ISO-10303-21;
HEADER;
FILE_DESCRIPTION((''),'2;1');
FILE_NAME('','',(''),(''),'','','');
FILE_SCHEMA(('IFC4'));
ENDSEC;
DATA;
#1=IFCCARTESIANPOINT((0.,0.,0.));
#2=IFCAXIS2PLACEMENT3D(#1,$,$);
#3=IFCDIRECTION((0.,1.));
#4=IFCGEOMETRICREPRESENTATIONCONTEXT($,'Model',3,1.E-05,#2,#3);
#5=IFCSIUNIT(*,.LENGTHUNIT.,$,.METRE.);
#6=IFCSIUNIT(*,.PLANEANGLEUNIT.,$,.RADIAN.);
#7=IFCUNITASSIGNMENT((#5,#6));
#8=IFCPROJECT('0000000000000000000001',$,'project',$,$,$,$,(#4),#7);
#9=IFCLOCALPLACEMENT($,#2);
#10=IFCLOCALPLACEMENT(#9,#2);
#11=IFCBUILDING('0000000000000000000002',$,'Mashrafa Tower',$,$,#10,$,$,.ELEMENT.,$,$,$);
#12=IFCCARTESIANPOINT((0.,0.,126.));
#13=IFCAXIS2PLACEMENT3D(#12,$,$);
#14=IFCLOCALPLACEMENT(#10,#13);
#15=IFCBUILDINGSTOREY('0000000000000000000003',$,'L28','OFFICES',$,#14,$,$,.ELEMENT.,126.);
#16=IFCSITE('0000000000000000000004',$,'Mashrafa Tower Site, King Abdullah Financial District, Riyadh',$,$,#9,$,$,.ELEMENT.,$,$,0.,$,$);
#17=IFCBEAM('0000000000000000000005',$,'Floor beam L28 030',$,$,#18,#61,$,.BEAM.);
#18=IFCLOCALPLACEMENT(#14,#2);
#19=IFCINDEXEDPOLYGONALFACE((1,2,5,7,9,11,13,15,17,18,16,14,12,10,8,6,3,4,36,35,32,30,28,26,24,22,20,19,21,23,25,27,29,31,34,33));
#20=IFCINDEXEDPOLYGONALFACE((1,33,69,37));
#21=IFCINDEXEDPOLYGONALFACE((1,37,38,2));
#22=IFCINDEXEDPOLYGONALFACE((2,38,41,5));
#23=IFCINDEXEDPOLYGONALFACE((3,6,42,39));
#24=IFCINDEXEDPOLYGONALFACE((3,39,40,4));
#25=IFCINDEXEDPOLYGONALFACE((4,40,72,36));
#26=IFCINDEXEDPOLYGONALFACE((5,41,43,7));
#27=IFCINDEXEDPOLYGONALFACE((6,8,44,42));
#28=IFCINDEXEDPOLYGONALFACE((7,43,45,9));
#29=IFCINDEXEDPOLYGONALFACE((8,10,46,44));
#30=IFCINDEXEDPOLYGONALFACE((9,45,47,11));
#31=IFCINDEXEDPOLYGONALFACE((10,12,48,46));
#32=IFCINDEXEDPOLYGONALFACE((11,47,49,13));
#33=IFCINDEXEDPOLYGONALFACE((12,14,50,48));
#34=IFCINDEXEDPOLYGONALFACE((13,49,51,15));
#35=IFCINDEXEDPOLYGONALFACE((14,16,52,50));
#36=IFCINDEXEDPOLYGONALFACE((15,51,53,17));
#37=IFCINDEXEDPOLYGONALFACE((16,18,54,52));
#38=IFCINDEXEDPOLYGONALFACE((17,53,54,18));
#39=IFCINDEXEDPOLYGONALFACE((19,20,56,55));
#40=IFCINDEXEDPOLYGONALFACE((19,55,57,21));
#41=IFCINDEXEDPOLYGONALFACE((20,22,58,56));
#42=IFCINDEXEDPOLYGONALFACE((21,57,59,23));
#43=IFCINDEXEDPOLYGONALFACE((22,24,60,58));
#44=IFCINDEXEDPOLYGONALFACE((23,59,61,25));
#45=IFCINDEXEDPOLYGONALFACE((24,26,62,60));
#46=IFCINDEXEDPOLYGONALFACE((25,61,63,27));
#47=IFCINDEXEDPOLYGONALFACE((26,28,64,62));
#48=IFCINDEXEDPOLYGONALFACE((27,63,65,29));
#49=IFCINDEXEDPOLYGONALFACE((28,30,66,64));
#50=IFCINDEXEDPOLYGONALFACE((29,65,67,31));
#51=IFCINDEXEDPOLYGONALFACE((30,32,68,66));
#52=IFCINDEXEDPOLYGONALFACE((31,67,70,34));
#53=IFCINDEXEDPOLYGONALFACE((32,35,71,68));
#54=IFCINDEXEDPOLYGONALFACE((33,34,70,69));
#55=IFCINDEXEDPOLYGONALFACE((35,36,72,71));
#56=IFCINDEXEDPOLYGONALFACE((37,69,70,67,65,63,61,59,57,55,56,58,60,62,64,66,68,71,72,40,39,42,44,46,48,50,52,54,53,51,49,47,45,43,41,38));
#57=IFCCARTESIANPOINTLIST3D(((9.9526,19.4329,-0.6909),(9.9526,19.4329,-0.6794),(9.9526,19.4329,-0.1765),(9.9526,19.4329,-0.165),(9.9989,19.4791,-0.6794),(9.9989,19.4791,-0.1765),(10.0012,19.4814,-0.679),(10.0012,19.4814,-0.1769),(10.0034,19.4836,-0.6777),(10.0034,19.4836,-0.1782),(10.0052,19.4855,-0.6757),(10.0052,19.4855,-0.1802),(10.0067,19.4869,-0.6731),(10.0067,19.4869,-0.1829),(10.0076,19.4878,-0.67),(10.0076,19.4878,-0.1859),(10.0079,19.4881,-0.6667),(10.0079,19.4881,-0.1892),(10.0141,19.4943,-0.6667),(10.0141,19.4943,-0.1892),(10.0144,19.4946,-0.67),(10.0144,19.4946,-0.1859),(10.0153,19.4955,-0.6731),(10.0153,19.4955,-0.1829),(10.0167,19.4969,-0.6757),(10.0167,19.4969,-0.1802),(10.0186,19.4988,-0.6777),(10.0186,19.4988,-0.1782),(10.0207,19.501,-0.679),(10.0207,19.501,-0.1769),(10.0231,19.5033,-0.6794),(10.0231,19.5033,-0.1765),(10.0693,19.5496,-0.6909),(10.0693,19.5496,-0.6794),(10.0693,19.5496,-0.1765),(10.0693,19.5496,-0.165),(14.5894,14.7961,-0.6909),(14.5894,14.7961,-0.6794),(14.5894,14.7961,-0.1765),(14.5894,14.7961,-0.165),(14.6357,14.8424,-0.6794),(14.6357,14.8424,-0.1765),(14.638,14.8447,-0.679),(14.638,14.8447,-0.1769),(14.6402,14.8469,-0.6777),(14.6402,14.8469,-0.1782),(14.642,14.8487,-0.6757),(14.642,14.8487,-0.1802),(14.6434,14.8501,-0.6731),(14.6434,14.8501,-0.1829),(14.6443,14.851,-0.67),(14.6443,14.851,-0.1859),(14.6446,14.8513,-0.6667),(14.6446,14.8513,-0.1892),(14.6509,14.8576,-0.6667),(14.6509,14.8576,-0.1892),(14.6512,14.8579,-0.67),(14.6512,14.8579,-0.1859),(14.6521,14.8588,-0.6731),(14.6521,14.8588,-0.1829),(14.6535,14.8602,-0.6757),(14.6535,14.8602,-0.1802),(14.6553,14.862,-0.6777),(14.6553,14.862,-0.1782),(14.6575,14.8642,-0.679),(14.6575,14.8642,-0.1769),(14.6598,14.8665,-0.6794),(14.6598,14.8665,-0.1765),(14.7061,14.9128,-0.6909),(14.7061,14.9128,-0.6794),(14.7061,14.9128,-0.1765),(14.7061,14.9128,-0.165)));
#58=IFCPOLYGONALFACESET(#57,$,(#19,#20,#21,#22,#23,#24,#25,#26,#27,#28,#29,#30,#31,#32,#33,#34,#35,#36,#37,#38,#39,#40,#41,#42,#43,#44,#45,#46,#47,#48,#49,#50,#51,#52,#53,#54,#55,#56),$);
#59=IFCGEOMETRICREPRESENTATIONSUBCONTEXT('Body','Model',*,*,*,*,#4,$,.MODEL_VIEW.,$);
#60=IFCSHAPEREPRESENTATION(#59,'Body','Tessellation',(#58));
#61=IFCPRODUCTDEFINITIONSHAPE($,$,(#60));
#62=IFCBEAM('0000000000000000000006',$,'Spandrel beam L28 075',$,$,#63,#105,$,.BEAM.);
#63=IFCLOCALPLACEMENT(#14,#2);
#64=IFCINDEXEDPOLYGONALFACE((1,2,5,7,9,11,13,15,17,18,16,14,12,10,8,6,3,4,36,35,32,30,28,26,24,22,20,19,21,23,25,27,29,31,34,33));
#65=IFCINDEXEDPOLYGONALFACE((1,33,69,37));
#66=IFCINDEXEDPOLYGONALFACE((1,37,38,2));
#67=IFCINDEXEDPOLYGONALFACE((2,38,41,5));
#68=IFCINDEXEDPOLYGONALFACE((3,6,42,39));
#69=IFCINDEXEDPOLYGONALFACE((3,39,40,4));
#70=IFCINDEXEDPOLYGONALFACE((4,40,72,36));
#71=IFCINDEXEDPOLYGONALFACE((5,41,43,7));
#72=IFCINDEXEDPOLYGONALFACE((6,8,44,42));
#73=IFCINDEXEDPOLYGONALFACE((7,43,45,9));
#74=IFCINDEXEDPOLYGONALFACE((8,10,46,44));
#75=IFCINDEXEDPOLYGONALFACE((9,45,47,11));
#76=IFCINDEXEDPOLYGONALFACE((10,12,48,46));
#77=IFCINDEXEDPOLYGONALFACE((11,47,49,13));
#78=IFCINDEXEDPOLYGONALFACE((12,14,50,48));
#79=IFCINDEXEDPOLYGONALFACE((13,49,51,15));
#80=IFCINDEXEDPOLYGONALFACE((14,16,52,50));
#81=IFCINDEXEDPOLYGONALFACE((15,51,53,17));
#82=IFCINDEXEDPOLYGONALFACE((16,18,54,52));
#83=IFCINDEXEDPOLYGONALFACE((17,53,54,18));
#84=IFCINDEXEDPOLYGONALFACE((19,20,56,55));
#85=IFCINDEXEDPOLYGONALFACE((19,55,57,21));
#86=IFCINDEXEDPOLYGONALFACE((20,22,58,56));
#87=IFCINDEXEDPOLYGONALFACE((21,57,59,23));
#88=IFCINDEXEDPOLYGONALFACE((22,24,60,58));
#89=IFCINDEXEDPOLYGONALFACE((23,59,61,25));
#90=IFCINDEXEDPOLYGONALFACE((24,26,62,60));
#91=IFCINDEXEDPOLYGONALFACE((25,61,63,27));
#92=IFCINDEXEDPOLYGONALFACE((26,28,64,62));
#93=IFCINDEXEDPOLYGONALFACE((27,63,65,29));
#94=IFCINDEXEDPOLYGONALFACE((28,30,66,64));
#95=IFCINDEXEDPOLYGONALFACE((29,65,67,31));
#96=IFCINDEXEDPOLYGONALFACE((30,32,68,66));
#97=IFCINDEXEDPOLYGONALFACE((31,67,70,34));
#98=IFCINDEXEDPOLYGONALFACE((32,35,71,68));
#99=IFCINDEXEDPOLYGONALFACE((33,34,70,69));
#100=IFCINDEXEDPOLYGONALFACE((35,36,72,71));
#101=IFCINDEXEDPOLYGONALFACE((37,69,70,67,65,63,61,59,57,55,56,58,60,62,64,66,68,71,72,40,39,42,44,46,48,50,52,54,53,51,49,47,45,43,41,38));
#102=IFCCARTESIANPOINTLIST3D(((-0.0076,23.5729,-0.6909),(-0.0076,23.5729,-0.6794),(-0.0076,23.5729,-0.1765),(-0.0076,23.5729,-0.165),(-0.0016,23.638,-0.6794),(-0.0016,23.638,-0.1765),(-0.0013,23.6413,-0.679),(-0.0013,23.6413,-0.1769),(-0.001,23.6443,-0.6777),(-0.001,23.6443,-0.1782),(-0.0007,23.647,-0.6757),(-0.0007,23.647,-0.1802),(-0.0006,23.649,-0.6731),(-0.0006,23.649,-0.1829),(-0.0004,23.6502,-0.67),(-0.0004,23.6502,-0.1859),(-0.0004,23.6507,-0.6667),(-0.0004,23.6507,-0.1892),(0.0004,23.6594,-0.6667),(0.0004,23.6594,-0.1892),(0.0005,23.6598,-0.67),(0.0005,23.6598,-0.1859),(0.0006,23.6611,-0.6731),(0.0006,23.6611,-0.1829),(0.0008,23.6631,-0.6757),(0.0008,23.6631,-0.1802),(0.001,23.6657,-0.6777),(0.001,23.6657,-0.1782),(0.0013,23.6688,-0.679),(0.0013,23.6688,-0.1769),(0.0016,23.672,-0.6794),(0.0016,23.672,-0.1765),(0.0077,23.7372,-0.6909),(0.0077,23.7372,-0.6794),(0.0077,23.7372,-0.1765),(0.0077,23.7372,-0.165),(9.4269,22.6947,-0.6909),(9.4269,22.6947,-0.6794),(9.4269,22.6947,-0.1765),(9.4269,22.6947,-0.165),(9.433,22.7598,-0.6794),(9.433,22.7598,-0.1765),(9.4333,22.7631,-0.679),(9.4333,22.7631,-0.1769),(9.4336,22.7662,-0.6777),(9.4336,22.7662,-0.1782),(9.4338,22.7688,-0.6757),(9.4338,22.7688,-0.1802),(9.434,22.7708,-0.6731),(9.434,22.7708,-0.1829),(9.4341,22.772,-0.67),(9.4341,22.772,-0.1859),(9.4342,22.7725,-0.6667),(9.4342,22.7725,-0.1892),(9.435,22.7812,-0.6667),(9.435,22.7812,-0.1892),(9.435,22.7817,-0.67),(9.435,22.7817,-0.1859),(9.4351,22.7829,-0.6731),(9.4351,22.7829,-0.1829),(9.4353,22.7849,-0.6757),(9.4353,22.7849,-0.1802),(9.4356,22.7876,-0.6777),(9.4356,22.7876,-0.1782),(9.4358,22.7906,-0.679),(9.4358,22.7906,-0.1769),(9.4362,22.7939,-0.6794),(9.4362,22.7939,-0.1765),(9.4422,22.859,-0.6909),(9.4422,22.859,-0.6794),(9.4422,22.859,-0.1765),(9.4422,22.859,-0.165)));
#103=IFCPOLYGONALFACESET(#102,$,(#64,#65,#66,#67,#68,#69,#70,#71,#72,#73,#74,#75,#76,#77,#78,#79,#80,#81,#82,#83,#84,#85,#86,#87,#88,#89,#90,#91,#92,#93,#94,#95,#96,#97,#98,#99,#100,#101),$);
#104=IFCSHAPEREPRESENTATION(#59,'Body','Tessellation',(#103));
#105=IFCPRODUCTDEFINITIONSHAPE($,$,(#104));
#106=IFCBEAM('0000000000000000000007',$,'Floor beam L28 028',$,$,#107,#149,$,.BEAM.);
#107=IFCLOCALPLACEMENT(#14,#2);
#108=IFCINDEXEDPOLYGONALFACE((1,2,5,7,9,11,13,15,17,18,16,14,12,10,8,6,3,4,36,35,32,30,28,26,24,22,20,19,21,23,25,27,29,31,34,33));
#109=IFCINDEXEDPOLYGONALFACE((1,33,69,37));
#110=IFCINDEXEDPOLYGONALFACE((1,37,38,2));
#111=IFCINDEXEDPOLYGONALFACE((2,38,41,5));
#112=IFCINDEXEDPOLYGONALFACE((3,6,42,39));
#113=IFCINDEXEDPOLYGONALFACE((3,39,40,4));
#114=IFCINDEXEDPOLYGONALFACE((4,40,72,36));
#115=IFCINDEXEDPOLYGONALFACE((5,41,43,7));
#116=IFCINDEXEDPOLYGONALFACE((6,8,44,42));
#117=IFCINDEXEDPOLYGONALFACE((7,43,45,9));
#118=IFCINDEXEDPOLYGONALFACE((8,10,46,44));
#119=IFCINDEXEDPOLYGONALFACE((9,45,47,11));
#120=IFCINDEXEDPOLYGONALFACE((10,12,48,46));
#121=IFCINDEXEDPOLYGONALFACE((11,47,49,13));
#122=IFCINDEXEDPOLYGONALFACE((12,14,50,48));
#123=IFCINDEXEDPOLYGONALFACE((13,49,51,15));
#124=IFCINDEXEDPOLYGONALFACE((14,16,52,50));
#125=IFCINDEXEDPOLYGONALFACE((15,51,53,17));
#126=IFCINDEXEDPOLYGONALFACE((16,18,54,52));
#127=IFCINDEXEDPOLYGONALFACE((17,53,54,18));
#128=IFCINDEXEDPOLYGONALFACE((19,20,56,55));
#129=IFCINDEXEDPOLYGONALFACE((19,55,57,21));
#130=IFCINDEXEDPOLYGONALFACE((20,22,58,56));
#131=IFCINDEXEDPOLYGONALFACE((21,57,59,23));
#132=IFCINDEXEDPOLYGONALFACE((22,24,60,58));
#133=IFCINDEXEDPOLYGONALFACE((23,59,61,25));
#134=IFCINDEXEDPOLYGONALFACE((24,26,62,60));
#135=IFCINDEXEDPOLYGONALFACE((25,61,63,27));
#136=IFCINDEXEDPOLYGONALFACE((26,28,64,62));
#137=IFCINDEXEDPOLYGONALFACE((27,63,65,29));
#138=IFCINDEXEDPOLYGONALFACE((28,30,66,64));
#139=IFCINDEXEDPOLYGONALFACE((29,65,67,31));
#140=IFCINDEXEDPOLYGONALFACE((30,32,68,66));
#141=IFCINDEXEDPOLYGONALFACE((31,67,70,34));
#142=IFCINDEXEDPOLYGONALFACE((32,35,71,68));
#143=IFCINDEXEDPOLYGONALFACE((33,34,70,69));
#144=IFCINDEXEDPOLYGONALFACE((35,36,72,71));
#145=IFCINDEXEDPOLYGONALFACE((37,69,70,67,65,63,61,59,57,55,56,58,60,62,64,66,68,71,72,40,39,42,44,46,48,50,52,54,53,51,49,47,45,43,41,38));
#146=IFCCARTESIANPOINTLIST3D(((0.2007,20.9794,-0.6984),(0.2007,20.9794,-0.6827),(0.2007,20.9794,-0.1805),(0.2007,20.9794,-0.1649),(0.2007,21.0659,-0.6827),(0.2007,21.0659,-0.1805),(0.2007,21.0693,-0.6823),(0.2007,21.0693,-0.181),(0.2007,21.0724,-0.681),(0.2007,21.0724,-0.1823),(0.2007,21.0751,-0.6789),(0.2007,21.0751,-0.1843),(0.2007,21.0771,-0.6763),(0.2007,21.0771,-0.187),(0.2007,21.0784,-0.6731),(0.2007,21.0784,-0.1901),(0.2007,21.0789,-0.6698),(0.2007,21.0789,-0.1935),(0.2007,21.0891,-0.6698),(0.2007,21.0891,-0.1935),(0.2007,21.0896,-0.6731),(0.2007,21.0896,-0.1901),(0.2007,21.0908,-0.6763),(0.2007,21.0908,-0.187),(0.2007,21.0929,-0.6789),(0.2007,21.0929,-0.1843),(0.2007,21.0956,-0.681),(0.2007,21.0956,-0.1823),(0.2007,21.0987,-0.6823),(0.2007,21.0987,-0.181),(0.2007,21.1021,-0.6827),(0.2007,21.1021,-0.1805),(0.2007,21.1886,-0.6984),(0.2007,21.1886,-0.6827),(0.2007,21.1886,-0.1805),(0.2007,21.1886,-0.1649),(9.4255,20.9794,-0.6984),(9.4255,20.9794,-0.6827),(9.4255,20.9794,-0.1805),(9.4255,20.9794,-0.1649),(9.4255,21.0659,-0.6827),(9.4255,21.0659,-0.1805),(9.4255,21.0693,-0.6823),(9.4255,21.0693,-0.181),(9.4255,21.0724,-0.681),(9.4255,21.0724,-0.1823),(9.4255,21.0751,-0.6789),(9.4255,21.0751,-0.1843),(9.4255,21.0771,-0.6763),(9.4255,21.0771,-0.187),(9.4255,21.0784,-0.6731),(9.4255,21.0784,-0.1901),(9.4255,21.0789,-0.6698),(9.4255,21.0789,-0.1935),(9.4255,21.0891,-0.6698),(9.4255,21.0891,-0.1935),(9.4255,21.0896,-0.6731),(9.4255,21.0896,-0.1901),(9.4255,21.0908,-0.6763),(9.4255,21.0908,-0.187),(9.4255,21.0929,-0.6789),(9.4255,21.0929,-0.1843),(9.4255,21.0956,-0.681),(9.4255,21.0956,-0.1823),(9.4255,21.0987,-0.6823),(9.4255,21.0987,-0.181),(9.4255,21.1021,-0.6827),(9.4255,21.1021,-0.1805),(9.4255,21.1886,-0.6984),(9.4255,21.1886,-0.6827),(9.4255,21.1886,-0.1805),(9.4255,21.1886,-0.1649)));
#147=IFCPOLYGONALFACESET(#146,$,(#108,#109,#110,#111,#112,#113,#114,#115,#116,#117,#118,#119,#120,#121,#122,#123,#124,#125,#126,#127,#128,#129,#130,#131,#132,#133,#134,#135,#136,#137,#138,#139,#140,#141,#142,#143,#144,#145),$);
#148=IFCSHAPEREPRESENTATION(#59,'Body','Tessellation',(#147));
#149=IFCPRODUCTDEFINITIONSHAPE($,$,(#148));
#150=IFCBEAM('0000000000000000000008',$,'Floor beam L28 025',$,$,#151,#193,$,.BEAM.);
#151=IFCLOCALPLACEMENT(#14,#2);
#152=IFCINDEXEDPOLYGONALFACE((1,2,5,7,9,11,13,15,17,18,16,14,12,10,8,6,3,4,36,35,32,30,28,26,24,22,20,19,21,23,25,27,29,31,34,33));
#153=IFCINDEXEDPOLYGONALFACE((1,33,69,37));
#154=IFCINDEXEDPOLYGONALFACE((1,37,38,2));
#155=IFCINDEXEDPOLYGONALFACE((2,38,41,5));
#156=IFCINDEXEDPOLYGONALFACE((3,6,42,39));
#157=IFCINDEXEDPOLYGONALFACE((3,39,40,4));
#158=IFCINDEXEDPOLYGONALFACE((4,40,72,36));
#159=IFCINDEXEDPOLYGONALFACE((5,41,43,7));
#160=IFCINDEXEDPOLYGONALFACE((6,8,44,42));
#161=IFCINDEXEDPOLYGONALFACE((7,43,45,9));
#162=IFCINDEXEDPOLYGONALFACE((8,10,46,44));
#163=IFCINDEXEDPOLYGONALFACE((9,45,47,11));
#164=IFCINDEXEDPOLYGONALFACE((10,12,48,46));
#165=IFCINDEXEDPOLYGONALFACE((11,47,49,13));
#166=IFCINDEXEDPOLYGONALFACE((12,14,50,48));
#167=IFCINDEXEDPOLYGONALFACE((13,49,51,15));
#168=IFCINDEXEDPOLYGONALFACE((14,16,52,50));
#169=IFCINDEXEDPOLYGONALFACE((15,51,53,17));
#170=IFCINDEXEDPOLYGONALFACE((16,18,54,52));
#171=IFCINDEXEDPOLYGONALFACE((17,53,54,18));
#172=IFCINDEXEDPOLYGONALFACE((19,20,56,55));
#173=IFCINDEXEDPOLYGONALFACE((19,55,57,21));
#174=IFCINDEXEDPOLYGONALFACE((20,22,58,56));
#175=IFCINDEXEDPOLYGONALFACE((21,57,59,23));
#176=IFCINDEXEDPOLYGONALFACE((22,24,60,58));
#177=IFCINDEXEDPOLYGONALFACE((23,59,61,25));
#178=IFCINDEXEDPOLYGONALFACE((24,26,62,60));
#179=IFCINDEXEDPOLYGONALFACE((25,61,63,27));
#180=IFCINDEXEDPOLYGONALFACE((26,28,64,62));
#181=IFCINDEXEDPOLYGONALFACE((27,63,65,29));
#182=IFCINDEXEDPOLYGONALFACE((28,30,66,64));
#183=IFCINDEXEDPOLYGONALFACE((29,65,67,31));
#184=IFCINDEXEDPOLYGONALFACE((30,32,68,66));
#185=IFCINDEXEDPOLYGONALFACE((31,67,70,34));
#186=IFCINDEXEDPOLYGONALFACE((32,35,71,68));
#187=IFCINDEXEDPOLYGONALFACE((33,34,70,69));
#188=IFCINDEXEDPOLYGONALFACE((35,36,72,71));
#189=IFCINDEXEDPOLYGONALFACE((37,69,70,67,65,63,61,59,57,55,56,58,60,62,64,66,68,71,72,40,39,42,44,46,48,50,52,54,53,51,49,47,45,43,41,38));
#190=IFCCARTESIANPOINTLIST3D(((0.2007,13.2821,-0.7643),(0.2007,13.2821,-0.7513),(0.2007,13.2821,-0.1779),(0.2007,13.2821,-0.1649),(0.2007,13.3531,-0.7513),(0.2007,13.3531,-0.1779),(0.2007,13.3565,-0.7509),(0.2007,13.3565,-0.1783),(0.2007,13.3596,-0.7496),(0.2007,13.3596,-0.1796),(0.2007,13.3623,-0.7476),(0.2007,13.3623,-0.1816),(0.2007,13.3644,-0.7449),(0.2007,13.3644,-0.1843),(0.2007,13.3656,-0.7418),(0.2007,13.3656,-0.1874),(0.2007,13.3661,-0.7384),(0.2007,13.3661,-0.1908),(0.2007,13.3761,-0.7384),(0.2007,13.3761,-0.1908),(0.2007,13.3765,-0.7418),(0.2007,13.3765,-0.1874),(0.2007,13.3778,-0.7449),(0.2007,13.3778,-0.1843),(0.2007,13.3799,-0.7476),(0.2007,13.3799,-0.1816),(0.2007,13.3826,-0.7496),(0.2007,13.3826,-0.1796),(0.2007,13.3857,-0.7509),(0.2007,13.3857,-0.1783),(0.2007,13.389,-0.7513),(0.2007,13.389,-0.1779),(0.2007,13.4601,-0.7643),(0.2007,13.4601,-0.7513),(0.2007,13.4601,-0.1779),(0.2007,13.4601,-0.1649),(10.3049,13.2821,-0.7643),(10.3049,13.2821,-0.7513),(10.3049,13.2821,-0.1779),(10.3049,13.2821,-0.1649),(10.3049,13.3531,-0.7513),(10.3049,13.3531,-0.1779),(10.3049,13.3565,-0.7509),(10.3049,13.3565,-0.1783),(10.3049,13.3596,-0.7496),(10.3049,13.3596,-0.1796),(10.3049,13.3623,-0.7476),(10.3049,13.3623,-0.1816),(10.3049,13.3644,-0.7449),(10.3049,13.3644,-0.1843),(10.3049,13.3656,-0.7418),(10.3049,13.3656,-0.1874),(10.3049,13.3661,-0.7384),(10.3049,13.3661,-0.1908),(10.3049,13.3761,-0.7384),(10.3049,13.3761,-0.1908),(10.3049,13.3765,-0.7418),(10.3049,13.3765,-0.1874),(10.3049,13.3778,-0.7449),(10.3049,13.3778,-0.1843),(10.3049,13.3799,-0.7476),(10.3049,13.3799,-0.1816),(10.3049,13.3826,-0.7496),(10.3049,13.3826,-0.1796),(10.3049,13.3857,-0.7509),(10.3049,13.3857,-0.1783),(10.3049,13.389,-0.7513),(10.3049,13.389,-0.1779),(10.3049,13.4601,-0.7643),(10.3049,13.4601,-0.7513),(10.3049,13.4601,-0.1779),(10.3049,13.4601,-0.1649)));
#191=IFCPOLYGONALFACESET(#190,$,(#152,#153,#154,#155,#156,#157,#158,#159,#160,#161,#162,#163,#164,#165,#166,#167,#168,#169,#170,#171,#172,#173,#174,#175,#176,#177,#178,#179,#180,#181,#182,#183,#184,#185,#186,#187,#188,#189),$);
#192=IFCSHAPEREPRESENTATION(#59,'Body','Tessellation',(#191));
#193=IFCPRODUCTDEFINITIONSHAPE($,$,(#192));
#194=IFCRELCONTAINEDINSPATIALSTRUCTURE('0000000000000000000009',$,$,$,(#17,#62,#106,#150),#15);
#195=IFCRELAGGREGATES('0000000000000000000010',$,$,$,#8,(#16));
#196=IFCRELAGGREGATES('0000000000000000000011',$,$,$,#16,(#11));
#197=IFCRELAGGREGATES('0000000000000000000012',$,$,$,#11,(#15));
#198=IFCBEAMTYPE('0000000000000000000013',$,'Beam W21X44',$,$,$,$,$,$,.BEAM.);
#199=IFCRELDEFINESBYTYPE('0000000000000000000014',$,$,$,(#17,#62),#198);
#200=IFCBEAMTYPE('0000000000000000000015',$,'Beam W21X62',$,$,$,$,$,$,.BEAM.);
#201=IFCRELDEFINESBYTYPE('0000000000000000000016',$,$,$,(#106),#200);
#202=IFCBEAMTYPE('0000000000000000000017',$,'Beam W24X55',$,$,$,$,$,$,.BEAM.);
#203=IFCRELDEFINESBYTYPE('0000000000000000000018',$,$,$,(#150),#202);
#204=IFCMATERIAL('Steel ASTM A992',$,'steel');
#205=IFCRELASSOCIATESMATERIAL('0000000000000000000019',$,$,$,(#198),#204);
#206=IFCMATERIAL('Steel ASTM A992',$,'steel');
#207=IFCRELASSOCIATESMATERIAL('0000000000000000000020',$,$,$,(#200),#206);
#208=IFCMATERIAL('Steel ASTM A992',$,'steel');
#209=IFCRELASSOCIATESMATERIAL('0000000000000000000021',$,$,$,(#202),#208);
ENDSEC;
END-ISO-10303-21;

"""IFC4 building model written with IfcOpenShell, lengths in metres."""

from ifc_helpers import new_model, si_unit, direction, frame, origin, origin_2d, place, context, subcontext, project, spatial, i_section, extrude, material, material_profile, profile_set, type_object, element, save


model = new_model("IFC4")

# Units and contexts
model_context = context("Model", 3, precision=1e-05, world=origin(), true_north=direction((0.0, 1.0)))
body_context = subcontext(model_context, "Body", "Model", "MODEL_VIEW")
ifc_project = project(units=[si_unit("LENGTHUNIT", "METRE"), si_unit("PLANEANGLEUNIT", "RADIAN")], contexts=[model_context])

# Site, building, storey
site_placement = place(None, origin())
site = spatial("IfcSite", under=ifc_project, at=site_placement, Name="Mashrafa Tower Site, King Abdullah Financial District, Riyadh", CompositionType="ELEMENT", RefElevation=0.0)
building_placement = place(site_placement, origin())
building = spatial("IfcBuilding", under=site, at=building_placement, Name="Mashrafa Tower", CompositionType="ELEMENT")
storey_placement = place(building_placement, frame((0.0, 0.0, 126.0)))
storey = spatial("IfcBuildingStorey", under=building, at=storey_placement, Name="L28", Description="OFFICES", CompositionType="ELEMENT", Elevation=126.0)

# Beams
ifc_material_1 = material(Name="Steel ASTM A992", Category="steel")
ifc_material_profile_1 = material_profile(ifc_material_1, i_section(OverallWidth=0.165, OverallDepth=0.5259, WebThickness=0.0088, FlangeThickness=0.0115, FilletRadius=0.0127, at=origin_2d()), Name="W21X44")
ifc_profile_set_1 = profile_set([ifc_material_profile_1], Name="Steel ASTM A992")
beam_type_1 = type_object("IfcBeamType", Name="Beam W21X44", PredefinedType="BEAM", material=ifc_profile_set_1)
beam_1_placement = place(storey_placement, frame((10.011, 19.4912, -0.428), z_axis=(0.707107, -0.707107, 0.0), x_axis=(0.707107, 0.707107, 0.0)))
element("IfcBeam", 1, at=beam_1_placement, inside=storey, type_object=beam_type_1, Name="Floor beam L28 030", PredefinedType="BEAM", context=body_context, shape_type="SweptSolid", body=[
    extrude(i_section(OverallWidth=0.165, OverallDepth=0.5259, WebThickness=0.0088, FlangeThickness=0.0115, FilletRadius=0.0127, at=origin_2d()), origin(), (0.0, 0.0, 1.0), 6.5574),
])
beam_2_placement = place(storey_placement, frame((9.4346, 22.7769, -0.428), z_axis=(-0.995696, 0.09268, 0.0), x_axis=(-0.09268, -0.995696, 0.0)))
element("IfcBeam", 2, at=beam_2_placement, inside=storey, type_object=beam_type_1, Name="Spandrel beam L28 075", PredefinedType="BEAM", context=body_context, shape_type="SweptSolid", body=[
    extrude(i_section(OverallWidth=0.165, OverallDepth=0.5259, WebThickness=0.0088, FlangeThickness=0.0115, FilletRadius=0.0127, at=origin_2d()), origin(), (0.0, 0.0, 1.0), 9.4753),
])
ifc_material_2 = material(Name="Steel ASTM A992", Category="steel")
ifc_material_profile_2 = material_profile(ifc_material_2, i_section(OverallWidth=0.2092, OverallDepth=0.5334, WebThickness=0.0103, FlangeThickness=0.0156, FilletRadius=0.0129, at=origin_2d()), Name="W21X62")
ifc_profile_set_2 = profile_set([ifc_material_profile_2], Name="Steel ASTM A992")
beam_type_2 = type_object("IfcBeamType", Name="Beam W21X62", PredefinedType="BEAM", material=ifc_profile_set_2)
beam_3_placement = place(storey_placement, frame((0.2007, 21.084, -0.4316), z_axis=(1.0, 0.0, 0.0), x_axis=(0.0, 1.0, 0.0)))
element("IfcBeam", 3, at=beam_3_placement, inside=storey, type_object=beam_type_2, Name="Floor beam L28 028", PredefinedType="BEAM", context=body_context, shape_type="SweptSolid", body=[
    extrude(i_section(OverallWidth=0.2092, OverallDepth=0.5334, WebThickness=0.0103, FlangeThickness=0.0156, FilletRadius=0.0129, at=origin_2d()), origin(), (0.0, 0.0, 1.0), 9.2249),
])
ifc_material_3 = material(Name="Steel ASTM A992", Category="steel")
ifc_material_profile_3 = material_profile(ifc_material_3, i_section(OverallWidth=0.178, OverallDepth=0.5994, WebThickness=0.01, FlangeThickness=0.0129, FilletRadius=0.0129, at=origin_2d()), Name="W24X55")
ifc_profile_set_3 = profile_set([ifc_material_profile_3], Name="Steel ASTM A992")
beam_type_3 = type_object("IfcBeamType", Name="Beam W24X55", PredefinedType="BEAM", material=ifc_profile_set_3)
beam_4_placement = place(storey_placement, frame((0.2007, 13.3711, -0.4646), z_axis=(1.0, 0.0, 0.0), x_axis=(0.0, 1.0, 0.0)))
element("IfcBeam", 4, at=beam_4_placement, inside=storey, type_object=beam_type_3, Name="Floor beam L28 025", PredefinedType="BEAM", context=body_context, shape_type="SweptSolid", body=[
    extrude(i_section(OverallWidth=0.178, OverallDepth=0.5994, WebThickness=0.01, FlangeThickness=0.0129, FilletRadius=0.0129, at=origin_2d()), origin(), (0.0, 0.0, 1.0), 10.1042),
])

save(model, "model.ifc")
